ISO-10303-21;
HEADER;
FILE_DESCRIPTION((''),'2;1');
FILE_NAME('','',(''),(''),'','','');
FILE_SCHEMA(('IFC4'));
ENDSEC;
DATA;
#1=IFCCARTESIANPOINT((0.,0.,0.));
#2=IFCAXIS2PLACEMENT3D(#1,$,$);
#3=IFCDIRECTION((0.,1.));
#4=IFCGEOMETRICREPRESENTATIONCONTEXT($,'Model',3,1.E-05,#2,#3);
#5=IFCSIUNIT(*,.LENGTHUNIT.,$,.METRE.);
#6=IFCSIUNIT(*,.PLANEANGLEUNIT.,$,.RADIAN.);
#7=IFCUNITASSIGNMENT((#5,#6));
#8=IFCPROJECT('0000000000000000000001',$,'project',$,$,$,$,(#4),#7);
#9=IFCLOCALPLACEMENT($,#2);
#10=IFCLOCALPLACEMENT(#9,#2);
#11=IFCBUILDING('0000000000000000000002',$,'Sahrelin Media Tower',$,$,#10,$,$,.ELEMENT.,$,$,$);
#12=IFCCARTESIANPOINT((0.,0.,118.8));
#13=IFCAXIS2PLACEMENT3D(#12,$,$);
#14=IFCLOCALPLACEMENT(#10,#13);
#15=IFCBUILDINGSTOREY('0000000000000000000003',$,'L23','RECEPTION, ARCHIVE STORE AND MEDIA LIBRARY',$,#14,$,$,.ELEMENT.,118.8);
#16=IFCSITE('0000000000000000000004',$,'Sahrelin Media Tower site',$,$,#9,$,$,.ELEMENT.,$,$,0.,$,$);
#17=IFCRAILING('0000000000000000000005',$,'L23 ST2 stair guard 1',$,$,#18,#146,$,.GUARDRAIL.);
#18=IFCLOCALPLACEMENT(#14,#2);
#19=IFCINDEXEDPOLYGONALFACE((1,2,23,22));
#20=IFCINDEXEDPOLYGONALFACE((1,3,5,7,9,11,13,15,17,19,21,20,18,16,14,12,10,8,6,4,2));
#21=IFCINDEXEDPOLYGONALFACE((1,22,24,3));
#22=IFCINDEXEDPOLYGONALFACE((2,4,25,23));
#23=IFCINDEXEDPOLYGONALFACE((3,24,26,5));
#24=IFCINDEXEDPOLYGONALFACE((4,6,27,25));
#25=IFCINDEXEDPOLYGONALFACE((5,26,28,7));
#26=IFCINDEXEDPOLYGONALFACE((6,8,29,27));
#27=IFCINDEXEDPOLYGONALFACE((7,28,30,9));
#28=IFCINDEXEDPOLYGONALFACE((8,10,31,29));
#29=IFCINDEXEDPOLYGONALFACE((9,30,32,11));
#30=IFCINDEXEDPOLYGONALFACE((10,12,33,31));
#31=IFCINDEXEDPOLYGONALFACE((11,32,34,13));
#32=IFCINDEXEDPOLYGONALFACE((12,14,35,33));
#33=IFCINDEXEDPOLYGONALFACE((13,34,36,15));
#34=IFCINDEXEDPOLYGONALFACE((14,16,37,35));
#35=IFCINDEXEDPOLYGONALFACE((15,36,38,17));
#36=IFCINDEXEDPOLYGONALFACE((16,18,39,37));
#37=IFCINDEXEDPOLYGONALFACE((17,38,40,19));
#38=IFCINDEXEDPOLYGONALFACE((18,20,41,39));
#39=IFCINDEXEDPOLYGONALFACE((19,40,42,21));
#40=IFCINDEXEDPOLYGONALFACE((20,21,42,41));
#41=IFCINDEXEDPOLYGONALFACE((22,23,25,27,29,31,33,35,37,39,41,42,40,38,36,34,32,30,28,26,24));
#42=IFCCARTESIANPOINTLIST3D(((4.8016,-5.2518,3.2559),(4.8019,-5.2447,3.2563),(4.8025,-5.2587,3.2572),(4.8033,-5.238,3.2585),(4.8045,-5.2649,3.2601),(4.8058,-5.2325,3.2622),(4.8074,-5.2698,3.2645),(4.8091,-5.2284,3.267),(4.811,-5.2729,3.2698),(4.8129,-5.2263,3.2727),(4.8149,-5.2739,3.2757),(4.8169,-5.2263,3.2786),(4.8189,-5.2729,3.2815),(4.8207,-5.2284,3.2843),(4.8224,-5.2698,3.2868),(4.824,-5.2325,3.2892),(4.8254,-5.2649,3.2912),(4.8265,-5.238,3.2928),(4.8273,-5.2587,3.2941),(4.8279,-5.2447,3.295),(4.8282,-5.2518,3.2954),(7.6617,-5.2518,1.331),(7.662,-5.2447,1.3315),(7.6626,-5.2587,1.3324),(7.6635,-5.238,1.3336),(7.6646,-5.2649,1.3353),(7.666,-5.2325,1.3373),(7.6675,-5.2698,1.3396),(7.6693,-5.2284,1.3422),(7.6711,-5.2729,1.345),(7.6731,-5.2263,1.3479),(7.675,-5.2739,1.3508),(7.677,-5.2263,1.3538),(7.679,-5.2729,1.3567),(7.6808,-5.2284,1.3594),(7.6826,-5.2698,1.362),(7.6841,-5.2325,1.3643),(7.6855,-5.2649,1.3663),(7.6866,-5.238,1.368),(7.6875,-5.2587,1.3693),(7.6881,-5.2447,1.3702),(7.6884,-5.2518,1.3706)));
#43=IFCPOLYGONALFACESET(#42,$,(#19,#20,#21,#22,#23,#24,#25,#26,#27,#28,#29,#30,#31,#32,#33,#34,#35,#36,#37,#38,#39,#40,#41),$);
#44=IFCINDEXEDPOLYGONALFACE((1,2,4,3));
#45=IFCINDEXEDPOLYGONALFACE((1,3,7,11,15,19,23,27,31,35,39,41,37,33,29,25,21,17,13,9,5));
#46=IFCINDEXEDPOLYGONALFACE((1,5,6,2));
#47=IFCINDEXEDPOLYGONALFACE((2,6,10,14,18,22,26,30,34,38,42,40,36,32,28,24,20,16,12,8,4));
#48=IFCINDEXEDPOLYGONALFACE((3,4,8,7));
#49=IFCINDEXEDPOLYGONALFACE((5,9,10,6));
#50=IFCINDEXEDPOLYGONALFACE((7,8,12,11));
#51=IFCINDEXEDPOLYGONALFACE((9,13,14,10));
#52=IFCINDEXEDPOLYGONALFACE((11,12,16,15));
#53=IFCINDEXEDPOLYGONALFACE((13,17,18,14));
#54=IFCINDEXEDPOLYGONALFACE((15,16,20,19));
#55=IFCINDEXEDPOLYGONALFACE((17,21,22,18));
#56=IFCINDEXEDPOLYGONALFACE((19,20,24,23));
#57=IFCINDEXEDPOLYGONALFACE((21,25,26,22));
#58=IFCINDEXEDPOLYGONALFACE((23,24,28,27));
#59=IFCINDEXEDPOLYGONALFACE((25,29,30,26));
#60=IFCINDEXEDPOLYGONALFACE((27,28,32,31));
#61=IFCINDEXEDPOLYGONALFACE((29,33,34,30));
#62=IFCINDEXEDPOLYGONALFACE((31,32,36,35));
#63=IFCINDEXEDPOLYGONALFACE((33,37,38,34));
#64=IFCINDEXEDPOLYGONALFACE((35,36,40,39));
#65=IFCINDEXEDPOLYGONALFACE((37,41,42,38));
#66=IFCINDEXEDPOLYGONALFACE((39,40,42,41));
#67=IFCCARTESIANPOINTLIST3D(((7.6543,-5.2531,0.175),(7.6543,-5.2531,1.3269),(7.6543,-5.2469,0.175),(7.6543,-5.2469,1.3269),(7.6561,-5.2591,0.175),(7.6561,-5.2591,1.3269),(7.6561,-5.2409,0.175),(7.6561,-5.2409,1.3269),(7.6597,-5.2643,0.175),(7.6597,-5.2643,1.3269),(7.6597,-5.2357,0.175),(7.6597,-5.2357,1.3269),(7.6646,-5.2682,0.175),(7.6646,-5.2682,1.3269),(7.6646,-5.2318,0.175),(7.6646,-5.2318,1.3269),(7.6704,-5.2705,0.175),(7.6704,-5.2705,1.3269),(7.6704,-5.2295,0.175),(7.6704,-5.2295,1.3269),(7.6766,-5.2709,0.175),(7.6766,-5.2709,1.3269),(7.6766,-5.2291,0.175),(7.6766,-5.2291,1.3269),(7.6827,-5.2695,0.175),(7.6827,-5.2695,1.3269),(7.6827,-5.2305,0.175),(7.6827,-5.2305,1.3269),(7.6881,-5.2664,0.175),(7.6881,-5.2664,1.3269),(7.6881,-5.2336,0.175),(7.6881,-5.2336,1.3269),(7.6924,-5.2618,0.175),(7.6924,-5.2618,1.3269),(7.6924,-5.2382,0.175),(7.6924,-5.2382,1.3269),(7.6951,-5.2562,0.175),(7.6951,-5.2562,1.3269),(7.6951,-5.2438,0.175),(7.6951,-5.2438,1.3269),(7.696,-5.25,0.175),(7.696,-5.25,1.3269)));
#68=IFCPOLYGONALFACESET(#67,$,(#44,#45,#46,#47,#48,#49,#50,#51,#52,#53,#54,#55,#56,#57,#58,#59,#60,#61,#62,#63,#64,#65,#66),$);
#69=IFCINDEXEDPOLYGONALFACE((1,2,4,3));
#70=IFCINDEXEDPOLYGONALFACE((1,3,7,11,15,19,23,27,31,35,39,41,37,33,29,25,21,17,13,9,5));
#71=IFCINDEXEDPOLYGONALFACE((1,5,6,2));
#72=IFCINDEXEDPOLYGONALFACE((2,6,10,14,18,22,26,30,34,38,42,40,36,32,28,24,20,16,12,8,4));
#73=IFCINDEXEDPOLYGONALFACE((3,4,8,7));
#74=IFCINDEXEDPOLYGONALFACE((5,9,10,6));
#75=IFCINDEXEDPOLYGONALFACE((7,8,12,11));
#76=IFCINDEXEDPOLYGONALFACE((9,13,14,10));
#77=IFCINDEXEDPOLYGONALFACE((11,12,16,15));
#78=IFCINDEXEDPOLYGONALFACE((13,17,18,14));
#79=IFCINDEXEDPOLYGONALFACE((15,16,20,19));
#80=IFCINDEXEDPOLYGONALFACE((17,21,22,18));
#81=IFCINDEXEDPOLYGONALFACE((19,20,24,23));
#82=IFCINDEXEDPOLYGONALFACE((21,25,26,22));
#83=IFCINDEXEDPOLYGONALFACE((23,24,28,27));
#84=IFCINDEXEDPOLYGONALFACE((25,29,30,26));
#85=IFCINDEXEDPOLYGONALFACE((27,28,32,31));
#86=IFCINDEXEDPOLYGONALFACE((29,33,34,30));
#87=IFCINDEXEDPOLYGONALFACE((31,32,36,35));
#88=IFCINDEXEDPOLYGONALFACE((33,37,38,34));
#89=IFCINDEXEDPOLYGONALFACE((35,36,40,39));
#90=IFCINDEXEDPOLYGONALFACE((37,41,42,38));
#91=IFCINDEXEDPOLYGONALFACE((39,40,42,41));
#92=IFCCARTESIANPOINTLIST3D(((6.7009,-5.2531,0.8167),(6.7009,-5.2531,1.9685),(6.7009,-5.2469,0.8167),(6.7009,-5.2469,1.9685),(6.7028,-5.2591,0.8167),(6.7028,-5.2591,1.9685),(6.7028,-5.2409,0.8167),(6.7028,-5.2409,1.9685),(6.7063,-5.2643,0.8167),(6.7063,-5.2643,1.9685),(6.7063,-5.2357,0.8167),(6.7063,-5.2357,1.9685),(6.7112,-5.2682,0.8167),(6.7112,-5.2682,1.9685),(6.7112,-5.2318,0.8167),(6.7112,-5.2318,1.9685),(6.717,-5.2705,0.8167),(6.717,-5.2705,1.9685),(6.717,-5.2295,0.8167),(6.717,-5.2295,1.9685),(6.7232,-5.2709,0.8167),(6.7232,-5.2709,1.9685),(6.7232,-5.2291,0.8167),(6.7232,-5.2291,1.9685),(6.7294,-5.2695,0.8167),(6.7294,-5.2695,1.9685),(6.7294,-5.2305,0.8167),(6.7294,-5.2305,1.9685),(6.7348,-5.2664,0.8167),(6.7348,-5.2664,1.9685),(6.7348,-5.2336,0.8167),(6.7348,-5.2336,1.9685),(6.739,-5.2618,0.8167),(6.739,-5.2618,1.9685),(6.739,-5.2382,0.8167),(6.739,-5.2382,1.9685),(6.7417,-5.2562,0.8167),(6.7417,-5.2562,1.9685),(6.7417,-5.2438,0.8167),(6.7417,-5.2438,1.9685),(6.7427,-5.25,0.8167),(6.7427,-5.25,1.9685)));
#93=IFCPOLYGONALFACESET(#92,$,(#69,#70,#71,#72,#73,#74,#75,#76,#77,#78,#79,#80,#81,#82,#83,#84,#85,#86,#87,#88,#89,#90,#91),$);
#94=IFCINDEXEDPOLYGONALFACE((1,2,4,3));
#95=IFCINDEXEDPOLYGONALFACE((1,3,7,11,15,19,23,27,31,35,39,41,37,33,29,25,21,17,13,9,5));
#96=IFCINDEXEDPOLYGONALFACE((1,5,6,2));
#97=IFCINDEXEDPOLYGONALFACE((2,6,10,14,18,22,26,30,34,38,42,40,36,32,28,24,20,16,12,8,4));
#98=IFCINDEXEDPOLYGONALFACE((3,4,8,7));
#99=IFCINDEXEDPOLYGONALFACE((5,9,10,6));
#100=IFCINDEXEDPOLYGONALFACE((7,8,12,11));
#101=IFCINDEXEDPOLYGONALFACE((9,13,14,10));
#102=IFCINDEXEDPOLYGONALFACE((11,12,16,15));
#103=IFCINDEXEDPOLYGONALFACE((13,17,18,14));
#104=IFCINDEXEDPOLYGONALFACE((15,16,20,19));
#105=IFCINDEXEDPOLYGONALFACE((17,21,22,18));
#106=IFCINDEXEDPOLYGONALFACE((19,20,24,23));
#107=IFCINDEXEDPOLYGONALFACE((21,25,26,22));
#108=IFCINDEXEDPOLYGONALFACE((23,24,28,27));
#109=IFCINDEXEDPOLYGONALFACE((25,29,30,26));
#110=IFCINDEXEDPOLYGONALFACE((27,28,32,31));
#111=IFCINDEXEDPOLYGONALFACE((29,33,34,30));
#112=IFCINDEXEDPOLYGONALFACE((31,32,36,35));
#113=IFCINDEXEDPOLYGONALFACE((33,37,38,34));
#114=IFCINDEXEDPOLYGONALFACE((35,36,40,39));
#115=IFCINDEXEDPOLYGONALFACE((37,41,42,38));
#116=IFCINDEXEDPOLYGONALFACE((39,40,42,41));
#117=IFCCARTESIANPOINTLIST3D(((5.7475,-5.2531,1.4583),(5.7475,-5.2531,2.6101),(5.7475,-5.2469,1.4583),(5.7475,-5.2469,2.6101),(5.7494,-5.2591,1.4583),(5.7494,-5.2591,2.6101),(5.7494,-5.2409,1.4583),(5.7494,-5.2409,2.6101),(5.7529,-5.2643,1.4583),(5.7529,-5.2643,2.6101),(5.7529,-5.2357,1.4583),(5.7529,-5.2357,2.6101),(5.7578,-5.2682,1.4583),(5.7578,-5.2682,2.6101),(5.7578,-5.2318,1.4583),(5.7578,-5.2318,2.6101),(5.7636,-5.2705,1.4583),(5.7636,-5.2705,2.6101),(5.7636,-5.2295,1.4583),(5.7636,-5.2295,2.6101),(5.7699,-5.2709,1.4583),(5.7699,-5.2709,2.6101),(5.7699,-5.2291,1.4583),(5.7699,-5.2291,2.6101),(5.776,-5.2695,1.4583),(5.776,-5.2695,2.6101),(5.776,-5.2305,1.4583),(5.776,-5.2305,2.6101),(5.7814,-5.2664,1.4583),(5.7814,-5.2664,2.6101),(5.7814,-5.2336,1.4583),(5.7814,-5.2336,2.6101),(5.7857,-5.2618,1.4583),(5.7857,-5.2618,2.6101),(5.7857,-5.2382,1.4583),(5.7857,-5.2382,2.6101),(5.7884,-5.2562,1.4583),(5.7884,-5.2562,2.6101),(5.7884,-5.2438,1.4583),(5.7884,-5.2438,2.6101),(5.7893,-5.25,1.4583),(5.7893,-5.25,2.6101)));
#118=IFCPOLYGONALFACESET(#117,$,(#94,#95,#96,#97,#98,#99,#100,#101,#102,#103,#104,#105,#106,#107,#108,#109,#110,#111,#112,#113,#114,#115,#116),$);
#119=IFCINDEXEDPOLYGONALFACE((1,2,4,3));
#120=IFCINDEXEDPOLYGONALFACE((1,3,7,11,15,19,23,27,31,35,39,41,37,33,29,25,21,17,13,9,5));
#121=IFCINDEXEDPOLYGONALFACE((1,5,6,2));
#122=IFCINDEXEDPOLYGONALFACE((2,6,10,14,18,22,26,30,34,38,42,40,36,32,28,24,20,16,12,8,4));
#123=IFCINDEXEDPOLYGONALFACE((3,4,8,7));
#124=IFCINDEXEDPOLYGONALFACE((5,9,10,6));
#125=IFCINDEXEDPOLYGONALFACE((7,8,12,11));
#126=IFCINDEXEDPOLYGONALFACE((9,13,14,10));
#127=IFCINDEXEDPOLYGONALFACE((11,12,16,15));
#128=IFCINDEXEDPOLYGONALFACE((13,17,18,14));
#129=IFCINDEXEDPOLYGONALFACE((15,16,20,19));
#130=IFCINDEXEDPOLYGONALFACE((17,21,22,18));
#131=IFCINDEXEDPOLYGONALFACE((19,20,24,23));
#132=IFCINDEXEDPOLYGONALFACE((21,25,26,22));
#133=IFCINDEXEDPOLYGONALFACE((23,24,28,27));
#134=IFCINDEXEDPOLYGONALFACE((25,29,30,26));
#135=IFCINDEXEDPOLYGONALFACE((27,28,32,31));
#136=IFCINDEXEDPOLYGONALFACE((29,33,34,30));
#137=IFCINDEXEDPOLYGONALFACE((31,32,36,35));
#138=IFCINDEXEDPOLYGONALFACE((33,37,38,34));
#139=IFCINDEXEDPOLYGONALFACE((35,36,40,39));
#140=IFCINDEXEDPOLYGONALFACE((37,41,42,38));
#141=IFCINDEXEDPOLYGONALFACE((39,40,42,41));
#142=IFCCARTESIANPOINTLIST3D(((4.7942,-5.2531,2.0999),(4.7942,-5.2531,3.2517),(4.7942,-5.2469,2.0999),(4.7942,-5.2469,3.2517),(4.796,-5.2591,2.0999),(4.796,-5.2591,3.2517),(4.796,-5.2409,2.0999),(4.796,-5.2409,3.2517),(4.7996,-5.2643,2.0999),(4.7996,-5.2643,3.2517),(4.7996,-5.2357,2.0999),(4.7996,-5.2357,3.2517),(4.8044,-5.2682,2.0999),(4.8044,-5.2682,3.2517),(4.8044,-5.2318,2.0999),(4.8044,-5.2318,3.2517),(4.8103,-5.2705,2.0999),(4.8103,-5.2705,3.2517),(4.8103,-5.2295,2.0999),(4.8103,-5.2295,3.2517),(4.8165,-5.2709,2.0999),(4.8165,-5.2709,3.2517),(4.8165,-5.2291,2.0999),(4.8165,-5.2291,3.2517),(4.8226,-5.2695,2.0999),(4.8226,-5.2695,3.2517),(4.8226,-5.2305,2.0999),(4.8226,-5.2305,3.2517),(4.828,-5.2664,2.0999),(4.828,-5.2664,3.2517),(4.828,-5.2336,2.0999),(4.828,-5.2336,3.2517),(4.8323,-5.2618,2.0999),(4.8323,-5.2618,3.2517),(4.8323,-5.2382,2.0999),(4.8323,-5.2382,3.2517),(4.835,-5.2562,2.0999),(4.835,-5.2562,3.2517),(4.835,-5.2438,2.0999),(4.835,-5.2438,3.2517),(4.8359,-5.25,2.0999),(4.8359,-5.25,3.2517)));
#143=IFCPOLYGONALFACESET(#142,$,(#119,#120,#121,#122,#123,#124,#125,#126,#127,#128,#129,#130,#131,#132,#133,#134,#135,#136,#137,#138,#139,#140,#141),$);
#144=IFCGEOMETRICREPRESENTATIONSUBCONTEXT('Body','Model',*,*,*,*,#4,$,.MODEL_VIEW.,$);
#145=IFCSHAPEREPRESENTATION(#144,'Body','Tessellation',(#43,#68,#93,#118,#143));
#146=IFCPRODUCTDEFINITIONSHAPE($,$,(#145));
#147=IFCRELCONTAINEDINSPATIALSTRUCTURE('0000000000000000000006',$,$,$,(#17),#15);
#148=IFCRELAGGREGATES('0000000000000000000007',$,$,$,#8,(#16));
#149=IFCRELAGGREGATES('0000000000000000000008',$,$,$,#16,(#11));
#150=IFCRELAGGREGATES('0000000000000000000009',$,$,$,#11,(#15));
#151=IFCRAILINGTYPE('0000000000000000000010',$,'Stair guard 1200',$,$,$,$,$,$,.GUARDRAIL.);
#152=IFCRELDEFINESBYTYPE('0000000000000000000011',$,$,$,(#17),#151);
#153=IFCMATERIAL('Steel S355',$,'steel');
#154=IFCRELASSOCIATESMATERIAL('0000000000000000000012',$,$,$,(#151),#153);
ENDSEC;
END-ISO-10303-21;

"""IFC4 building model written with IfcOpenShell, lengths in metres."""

from ifc_helpers import new_model, si_unit, direction, frame, origin, origin_2d, place, context, subcontext, project, spatial, circle, extrude, material, type_object, element, save


model = new_model("IFC4")

# Units and contexts
model_context = context("Model", 3, precision=1e-05, world=origin(), true_north=direction((0.0, 1.0)))
body_context = subcontext(model_context, "Body", "Model", "MODEL_VIEW")
ifc_project = project(units=[si_unit("LENGTHUNIT", "METRE"), si_unit("PLANEANGLEUNIT", "RADIAN")], contexts=[model_context])

# Site, building, storey
site_placement = place(None, origin())
site = spatial("IfcSite", under=ifc_project, at=site_placement, Name="Sahrelin Media Tower site", CompositionType="ELEMENT", RefElevation=0.0)
building_placement = place(site_placement, origin())
building = spatial("IfcBuilding", under=site, at=building_placement, Name="Sahrelin Media Tower", CompositionType="ELEMENT")
storey_placement = place(building_placement, frame((0.0, 0.0, 118.8)))
storey = spatial("IfcBuildingStorey", under=building, at=storey_placement, Name="L23", Description="RECEPTION, ARCHIVE STORE AND MEDIA LIBRARY", CompositionType="ELEMENT", Elevation=118.8)

# Shared definitions
ifc_material_1 = material(Name="Steel S355", Category="steel")

# Railing
railing_type_1 = type_object("IfcRailingType", Name="Stair guard 1200", PredefinedType="GUARDRAIL", material=ifc_material_1)
railing_1_placement = place(storey_placement, frame((7.675, -5.25, 0.175)))
element("IfcRailing", 1, at=railing_1_placement, inside=storey, type_object=railing_type_1, Name="L23 ST2 stair guard 1", PredefinedType="GUARDRAIL", context=body_context, shape_type="SweptSolid", body=[
    extrude(circle(Radius=0.0239, at=origin_2d()), frame((0.0, 0.0, 1.1758), z_axis=(-0.829624, 0.0, 0.558323), x_axis=(0.0, -1.0, 0.0)), (0.0, 0.0, 1.0), 3.4475),
    extrude(circle(Radius=0.021, at=origin_2d()), origin(), (0.0, 0.0, 1.0), 1.1519),
    extrude(circle(Radius=0.021, at=origin_2d()), frame((-0.9534, 0.0, 0.6416)), (0.0, 0.0, 1.0), 1.1519),
    extrude(circle(Radius=0.021, at=origin_2d()), frame((-1.9067, 0.0, 1.2832)), (0.0, 0.0, 1.0), 1.1519),
    extrude(circle(Radius=0.021, at=origin_2d()), frame((-2.8601, 0.0, 1.9248)), (0.0, 0.0, 1.0), 1.1519),
])

save(model, "model.ifc")
